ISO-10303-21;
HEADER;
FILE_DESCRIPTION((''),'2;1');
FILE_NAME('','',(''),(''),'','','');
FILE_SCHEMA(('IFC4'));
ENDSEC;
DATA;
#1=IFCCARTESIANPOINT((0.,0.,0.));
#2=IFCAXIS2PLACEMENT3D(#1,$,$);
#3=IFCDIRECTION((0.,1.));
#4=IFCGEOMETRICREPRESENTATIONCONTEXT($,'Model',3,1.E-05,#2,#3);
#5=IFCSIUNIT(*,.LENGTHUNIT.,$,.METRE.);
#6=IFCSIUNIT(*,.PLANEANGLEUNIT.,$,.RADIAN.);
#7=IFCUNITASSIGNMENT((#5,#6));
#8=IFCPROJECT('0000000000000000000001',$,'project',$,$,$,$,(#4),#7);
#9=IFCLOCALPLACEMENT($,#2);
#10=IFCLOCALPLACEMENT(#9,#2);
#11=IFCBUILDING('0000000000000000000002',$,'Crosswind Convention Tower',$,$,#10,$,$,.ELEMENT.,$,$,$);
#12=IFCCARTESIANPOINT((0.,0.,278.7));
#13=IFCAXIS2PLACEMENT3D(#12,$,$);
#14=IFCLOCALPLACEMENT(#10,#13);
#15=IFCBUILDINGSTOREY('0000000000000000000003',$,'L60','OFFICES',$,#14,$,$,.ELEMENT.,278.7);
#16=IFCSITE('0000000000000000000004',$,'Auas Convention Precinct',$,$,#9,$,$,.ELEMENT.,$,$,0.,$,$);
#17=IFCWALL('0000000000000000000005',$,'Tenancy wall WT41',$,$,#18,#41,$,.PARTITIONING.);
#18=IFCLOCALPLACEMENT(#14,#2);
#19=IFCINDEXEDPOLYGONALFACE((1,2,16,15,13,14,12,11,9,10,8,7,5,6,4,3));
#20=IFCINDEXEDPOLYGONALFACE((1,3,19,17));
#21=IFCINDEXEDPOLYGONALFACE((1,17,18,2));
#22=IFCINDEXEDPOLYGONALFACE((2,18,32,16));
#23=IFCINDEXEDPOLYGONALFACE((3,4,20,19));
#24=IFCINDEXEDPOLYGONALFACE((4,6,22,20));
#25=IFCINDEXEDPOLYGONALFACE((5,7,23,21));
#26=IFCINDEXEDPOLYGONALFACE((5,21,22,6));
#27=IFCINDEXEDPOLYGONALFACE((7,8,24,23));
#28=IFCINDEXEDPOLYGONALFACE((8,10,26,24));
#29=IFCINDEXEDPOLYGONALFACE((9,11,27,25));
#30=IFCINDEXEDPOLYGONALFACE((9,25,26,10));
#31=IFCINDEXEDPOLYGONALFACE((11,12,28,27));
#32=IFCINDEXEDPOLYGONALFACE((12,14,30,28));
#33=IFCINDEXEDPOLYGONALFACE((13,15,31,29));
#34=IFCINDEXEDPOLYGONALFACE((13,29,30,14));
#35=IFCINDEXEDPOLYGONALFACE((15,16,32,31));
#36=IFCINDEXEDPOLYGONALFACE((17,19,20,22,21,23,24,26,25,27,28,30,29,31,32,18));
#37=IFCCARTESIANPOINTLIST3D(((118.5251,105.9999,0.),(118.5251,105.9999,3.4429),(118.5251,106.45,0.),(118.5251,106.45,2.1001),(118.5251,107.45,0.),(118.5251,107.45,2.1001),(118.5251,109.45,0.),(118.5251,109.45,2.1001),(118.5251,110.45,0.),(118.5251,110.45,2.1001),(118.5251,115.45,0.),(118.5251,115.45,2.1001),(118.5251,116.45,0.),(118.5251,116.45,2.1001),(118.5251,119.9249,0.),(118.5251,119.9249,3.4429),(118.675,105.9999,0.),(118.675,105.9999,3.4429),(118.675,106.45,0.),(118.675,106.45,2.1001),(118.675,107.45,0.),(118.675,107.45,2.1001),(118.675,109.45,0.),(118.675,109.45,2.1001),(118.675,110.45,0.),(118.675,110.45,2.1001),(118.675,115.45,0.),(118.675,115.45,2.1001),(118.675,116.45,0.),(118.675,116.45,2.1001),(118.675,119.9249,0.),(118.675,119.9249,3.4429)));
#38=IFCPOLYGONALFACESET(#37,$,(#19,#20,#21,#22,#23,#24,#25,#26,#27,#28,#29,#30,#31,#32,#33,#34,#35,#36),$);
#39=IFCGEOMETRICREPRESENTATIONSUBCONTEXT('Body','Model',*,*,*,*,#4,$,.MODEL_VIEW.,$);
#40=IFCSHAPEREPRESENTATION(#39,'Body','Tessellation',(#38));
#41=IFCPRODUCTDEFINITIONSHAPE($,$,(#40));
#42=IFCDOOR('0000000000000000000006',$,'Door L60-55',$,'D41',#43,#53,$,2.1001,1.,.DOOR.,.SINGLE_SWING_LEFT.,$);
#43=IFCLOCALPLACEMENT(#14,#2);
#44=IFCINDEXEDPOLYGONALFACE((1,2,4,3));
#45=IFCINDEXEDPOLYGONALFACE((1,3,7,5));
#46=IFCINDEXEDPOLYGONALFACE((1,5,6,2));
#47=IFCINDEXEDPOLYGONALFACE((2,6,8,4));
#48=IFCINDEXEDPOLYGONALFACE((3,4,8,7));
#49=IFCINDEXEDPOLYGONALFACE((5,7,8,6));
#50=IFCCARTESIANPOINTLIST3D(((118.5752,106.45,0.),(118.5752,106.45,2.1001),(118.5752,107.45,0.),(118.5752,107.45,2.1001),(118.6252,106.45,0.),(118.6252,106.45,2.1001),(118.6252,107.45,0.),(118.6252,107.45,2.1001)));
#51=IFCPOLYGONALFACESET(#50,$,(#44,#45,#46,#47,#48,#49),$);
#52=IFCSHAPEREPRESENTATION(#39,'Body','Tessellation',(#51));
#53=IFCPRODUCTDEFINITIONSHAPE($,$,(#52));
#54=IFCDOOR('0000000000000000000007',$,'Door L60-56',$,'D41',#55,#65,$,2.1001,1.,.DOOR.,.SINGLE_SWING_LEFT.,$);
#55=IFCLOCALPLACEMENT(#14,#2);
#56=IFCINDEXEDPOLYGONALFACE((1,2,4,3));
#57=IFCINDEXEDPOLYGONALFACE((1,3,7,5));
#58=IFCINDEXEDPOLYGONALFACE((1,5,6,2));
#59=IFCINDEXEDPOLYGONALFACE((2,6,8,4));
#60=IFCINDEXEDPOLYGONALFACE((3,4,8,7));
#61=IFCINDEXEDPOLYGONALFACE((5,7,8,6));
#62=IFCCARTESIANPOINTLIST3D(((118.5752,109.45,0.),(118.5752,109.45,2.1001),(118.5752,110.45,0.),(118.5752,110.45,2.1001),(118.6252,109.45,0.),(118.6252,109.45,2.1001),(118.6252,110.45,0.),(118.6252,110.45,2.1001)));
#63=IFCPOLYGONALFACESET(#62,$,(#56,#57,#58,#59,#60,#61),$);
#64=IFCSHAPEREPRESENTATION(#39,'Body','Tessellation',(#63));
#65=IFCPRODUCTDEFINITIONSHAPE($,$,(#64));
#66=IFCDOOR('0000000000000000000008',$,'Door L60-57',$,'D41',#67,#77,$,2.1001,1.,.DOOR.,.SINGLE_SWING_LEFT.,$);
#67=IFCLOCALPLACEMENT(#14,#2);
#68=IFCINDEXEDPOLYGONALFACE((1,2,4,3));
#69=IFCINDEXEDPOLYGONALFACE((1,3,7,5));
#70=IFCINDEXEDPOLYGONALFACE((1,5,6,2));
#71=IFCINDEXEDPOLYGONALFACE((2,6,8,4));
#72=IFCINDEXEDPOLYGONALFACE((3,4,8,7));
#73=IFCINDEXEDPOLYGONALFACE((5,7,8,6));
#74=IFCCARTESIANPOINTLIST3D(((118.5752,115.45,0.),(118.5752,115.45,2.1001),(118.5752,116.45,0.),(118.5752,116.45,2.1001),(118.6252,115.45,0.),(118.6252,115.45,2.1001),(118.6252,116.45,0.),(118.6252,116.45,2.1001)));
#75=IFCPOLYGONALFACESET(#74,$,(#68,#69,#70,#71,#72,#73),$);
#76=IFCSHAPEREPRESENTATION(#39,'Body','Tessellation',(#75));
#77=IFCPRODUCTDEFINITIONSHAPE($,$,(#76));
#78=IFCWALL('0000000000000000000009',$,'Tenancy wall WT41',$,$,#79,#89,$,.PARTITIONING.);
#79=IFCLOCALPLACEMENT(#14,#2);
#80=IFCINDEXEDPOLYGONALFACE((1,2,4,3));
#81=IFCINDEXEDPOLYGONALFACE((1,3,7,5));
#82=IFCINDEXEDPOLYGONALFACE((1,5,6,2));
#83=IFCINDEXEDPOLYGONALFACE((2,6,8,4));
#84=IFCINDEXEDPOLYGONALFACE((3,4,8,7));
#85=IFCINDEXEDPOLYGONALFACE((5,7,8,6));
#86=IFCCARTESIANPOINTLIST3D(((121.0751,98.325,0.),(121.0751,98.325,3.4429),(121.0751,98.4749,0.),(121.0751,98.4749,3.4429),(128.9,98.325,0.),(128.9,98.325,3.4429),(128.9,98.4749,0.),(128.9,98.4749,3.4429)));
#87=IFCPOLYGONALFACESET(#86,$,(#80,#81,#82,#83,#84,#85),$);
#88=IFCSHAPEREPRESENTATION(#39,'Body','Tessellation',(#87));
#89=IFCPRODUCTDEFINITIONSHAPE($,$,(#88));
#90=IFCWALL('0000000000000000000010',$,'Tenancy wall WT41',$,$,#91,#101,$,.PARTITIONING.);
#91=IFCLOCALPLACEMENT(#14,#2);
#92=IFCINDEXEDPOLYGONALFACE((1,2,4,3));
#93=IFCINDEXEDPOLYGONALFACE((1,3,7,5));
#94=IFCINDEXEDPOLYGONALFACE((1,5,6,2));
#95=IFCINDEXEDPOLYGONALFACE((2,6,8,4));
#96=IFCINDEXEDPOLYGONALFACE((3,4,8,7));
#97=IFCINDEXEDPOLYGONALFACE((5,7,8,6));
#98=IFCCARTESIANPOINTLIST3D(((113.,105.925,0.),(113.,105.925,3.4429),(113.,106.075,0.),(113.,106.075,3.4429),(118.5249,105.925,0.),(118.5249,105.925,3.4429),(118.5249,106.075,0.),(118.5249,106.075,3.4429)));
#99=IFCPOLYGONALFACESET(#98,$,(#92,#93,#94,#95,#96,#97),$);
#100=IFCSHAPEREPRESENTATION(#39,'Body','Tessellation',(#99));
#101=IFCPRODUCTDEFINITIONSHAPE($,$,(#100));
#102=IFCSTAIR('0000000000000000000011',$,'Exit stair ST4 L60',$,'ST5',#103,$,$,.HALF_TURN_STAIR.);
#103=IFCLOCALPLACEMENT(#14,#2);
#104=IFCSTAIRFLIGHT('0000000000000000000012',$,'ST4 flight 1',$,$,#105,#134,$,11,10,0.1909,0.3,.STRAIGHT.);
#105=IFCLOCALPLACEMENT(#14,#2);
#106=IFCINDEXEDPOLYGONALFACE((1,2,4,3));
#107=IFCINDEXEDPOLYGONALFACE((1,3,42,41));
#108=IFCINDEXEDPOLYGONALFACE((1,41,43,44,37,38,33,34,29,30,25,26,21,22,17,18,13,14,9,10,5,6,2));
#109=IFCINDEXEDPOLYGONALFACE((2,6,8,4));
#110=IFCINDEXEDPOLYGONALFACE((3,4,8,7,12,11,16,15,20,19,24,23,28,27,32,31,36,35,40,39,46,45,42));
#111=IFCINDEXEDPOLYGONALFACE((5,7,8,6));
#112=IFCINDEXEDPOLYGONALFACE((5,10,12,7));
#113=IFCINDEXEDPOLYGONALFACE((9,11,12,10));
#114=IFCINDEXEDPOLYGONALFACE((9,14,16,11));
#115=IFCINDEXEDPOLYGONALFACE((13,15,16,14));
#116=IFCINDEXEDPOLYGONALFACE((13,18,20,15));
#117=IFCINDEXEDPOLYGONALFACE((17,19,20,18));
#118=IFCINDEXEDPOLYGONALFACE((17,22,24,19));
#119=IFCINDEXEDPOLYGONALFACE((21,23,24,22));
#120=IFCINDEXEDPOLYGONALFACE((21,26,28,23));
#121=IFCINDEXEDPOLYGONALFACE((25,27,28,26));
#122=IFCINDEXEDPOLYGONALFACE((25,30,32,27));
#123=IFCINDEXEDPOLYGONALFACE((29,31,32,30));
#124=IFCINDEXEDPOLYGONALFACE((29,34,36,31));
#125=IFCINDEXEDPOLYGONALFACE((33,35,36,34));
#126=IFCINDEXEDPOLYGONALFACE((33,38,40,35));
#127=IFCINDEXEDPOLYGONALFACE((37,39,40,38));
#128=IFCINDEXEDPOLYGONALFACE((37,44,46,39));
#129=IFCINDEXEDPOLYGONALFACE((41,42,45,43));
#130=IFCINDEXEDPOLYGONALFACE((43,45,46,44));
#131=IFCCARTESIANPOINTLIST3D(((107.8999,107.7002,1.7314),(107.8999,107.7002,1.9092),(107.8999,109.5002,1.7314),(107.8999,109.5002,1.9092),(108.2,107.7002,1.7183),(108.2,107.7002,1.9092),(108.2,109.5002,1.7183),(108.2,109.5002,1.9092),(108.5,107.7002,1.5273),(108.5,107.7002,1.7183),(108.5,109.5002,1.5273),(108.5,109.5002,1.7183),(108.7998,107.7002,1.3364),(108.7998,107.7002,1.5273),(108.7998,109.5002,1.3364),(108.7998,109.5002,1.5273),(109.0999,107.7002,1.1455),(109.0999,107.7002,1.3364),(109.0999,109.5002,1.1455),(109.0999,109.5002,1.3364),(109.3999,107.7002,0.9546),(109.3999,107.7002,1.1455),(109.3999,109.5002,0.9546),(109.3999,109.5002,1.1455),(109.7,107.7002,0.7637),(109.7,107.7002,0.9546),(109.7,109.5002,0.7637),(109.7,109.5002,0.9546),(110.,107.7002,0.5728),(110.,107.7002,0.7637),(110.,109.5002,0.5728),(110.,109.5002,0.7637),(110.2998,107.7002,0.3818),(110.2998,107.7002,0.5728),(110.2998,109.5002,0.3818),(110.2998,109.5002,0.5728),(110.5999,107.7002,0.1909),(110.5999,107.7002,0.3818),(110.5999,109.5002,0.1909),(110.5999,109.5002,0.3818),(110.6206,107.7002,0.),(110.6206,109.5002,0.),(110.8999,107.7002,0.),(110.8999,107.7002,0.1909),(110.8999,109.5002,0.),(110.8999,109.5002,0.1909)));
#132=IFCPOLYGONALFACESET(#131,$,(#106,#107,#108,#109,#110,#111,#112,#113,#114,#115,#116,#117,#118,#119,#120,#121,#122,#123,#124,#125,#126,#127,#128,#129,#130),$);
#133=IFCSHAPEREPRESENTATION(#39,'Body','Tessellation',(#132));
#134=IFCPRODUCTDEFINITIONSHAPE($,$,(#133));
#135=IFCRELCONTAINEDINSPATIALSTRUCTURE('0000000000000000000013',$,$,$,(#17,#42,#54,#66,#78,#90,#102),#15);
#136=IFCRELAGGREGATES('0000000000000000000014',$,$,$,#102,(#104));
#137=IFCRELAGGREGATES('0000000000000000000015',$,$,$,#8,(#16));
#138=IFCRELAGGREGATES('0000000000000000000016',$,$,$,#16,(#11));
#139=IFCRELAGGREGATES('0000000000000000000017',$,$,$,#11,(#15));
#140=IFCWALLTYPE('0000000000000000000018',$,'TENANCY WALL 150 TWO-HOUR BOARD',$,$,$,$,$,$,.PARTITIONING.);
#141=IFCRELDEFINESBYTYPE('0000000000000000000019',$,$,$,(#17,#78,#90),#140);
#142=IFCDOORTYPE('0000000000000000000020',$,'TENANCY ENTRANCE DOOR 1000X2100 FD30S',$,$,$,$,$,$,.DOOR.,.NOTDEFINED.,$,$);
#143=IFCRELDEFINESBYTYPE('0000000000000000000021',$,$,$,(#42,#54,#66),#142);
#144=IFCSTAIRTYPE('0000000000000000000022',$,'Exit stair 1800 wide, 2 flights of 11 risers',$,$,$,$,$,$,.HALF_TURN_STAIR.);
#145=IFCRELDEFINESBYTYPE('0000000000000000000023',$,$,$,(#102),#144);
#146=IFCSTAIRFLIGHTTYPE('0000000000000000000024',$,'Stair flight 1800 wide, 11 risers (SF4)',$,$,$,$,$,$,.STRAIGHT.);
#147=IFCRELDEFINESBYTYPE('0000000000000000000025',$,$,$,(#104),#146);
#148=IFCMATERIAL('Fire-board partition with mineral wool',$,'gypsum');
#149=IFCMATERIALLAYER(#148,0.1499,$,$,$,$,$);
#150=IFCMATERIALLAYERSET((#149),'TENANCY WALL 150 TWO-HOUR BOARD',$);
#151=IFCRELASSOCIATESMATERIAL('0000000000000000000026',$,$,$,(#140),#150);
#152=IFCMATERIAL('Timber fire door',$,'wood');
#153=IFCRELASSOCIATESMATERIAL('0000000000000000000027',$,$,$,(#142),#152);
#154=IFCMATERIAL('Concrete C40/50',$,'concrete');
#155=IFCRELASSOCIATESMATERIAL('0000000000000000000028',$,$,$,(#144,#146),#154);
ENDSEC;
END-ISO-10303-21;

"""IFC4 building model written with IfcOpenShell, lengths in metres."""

from ifc_helpers import new_model, si_unit, direction, frame, frame_2d, origin, place, context, subcontext, project, spatial, polyline, rectangle, outline, extrude, material, layer, layer_set, type_object, element, fill, aggregate, save


model = new_model("IFC4")

# Units and contexts
model_context = context("Model", 3, precision=1e-05, world=origin(), true_north=direction((0.0, 1.0)))
body_context = subcontext(model_context, "Body", "Model", "MODEL_VIEW")
ifc_project = project(units=[si_unit("LENGTHUNIT", "METRE"), si_unit("PLANEANGLEUNIT", "RADIAN")], contexts=[model_context])

# Site, building, storey
site_placement = place(None, origin())
site = spatial("IfcSite", under=ifc_project, at=site_placement, Name="Auas Convention Precinct", CompositionType="ELEMENT", RefElevation=0.0)
building_placement = place(site_placement, origin())
building = spatial("IfcBuilding", under=site, at=building_placement, Name="Crosswind Convention Tower", CompositionType="ELEMENT")
storey_placement = place(building_placement, frame((0.0, 0.0, 278.7)))
storey = spatial("IfcBuildingStorey", under=building, at=storey_placement, Name="L60", Description="OFFICES", CompositionType="ELEMENT", Elevation=278.7)

# Wall, openings, doors
ifc_material_1 = material(Name="Fire-board partition with mineral wool", Category="gypsum")
ifc_layer_1 = layer(ifc_material_1, 0.1499)
ifc_layer_set_1 = layer_set([ifc_layer_1], Name="TENANCY WALL 150 TWO-HOUR BOARD")
wall_type_1 = type_object("IfcWallType", Name="TENANCY WALL 150 TWO-HOUR BOARD", PredefinedType="PARTITIONING", material=ifc_layer_set_1)
wall_1_placement = place(storey_placement, frame((118.6001, 106.0, 0.0), z_axis=(0.0, 0.0, 1.0), x_axis=(0.0, 1.0, 0.0)))
wall_1 = element("IfcWall", 1, at=wall_1_placement, inside=storey, type_object=wall_type_1, Name="Tenancy wall WT41", PredefinedType="PARTITIONING", context=body_context, shape_type="SweptSolid", body=[
    extrude(rectangle(XDim=13.925, YDim=0.1499, at=frame_2d((6.9624, 0.0))), origin(), (0.0, 0.0, 1.0), 3.4429),
])
opening_1_placement = place(wall_1_placement, frame((0.45, 0.0, 0.0)))
opening_1 = element("IfcOpeningElement", 2, at=opening_1_placement, cuts=wall_1, PredefinedType="OPENING", context=body_context, shape_type="SweptSolid", body=[
    extrude(rectangle(XDim=1.0, YDim=2.1001, at=frame_2d((0.5, 1.05))), frame((0.0, 0.085, 0.0), z_axis=(0.0, -1.0, 0.0), x_axis=(1.0, 0.0, 0.0)), (0.0, 0.0, 1.0), 0.1699),
])
opening_2_placement = place(wall_1_placement, frame((3.45, 0.0, 0.0)))
opening_2 = element("IfcOpeningElement", 3, at=opening_2_placement, cuts=wall_1, PredefinedType="OPENING", context=body_context, shape_type="SweptSolid", body=[
    extrude(rectangle(XDim=1.0, YDim=2.1001, at=frame_2d((0.5, 1.05))), frame((0.0, 0.085, 0.0), z_axis=(0.0, -1.0, 0.0), x_axis=(1.0, 0.0, 0.0)), (0.0, 0.0, 1.0), 0.1699),
])
opening_3_placement = place(wall_1_placement, frame((9.45, 0.0, 0.0)))
opening_3 = element("IfcOpeningElement", 4, at=opening_3_placement, cuts=wall_1, PredefinedType="OPENING", context=body_context, shape_type="SweptSolid", body=[
    extrude(rectangle(XDim=1.0, YDim=2.1001, at=frame_2d((0.5, 1.05))), frame((0.0, 0.085, 0.0), z_axis=(0.0, -1.0, 0.0), x_axis=(1.0, 0.0, 0.0)), (0.0, 0.0, 1.0), 0.1699),
])
ifc_material_2 = material(Name="Timber fire door", Category="wood")
door_type_1 = type_object("IfcDoorType", Name="TENANCY ENTRANCE DOOR 1000X2100 FD30S", OperationType="NOTDEFINED", PredefinedType="DOOR", material=ifc_material_2)
door_1_placement = place(opening_1_placement, origin())
door_1 = element("IfcDoor", 5, at=door_1_placement, inside=storey, type_object=door_type_1, Name="Door L60-55", ObjectType="D41", OperationType="SINGLE_SWING_LEFT", OverallHeight=2.1001, OverallWidth=1.0, PredefinedType="DOOR", context=body_context, shape_type="SweptSolid", body=[
    extrude(rectangle(XDim=1.0, YDim=2.1001, at=frame_2d((0.5, 1.05))), frame((0.0, 0.0249, 0.0), z_axis=(0.0, -1.0, 0.0), x_axis=(1.0, 0.0, 0.0)), (0.0, 0.0, 1.0), 0.05),
])
fill(opening_1, door_1)
door_2_placement = place(opening_2_placement, origin())
door_2 = element("IfcDoor", 6, at=door_2_placement, inside=storey, type_object=door_type_1, Name="Door L60-56", ObjectType="D41", OperationType="SINGLE_SWING_LEFT", OverallHeight=2.1001, OverallWidth=1.0, PredefinedType="DOOR", context=body_context, shape_type="SweptSolid", body=[
    extrude(rectangle(XDim=1.0, YDim=2.1001, at=frame_2d((0.5, 1.05))), frame((0.0, 0.0249, 0.0), z_axis=(0.0, -1.0, 0.0), x_axis=(1.0, 0.0, 0.0)), (0.0, 0.0, 1.0), 0.05),
])
fill(opening_2, door_2)
door_3_placement = place(opening_3_placement, origin())
door_3 = element("IfcDoor", 7, at=door_3_placement, inside=storey, type_object=door_type_1, Name="Door L60-57", ObjectType="D41", OperationType="SINGLE_SWING_LEFT", OverallHeight=2.1001, OverallWidth=1.0, PredefinedType="DOOR", context=body_context, shape_type="SweptSolid", body=[
    extrude(rectangle(XDim=1.0, YDim=2.1001, at=frame_2d((0.5, 1.05))), frame((0.0, 0.0249, 0.0), z_axis=(0.0, -1.0, 0.0), x_axis=(1.0, 0.0, 0.0)), (0.0, 0.0, 1.0), 0.05),
])
fill(opening_3, door_3)

# Walls
wall_2_placement = place(storey_placement, frame((121.075, 98.3999, 0.0), z_axis=(0.0, 0.0, 1.0), x_axis=(1.0, 0.0, 0.0)))
element("IfcWall", 8, at=wall_2_placement, inside=storey, type_object=wall_type_1, Name="Tenancy wall WT41", PredefinedType="PARTITIONING", context=body_context, shape_type="SweptSolid", body=[
    extrude(rectangle(XDim=7.825, YDim=0.1499, at=frame_2d((3.9126, 0.0))), origin(), (0.0, 0.0, 1.0), 3.4429),
])
wall_3_placement = place(storey_placement, frame((113.0, 106.0, 0.0), z_axis=(0.0, 0.0, 1.0), x_axis=(1.0, 0.0, 0.0)))
element("IfcWall", 9, at=wall_3_placement, inside=storey, type_object=wall_type_1, Name="Tenancy wall WT41", PredefinedType="PARTITIONING", context=body_context, shape_type="SweptSolid", body=[
    extrude(rectangle(XDim=5.5249, YDim=0.1499, at=frame_2d((2.7625, 0.0))), origin(), (0.0, 0.0, 1.0), 3.4429),
])

# Stair, stair flight
ifc_material_3 = material(Name="Concrete C40/50", Category="concrete")
stair_type = type_object("IfcStairType", Name="Exit stair 1800 wide, 2 flights of 11 risers", PredefinedType="HALF_TURN_STAIR", material=ifc_material_3)
stair_placement = place(storey_placement, origin())
stair = element("IfcStair", 10, at=stair_placement, inside=storey, type_object=stair_type, Name="Exit stair ST4 L60", ObjectType="ST5", PredefinedType="HALF_TURN_STAIR")
stair_flight_type = type_object("IfcStairFlightType", Name="Stair flight 1800 wide, 11 risers (SF4)", PredefinedType="STRAIGHT", material=ifc_material_3)
stair_flight_placement = place(storey_placement, frame((110.8999, 108.6001, 0.0), z_axis=(0.0, 0.0, 1.0), x_axis=(-1.0, 0.0, 0.0)))
stair_flight = element("IfcStairFlight", 11, at=stair_flight_placement, type_object=stair_flight_type, Name="ST4 flight 1", NumberOfRisers=11, NumberOfTreads=10, PredefinedType="STRAIGHT", RiserHeight=0.1909, TreadLength=0.3, context=body_context, shape_type="SweptSolid", body=[
    extrude(outline(polyline([(0.0, 0.0), (0.0, 0.1909), (0.3, 0.1909), (0.3, 0.3818), (0.6001, 0.3818), (0.6001, 0.5728), (0.8999, 0.5728), (0.8999, 0.7637), (1.2, 0.7637), (1.2, 0.9546), (1.5, 0.9546), (1.5, 1.1455), (1.8, 1.1455), (1.8, 1.3364), (2.1001, 1.3364), (2.1001, 1.5273), (2.3999, 1.5273), (2.3999, 1.7183), (2.7, 1.7183), (2.7, 1.9092), (3.0, 1.9092), (3.0, 2.1001), (3.0, 1.7314), (0.2793, 0.0), (0.0, 0.0)])), frame((0.0, 0.8999, 0.0), z_axis=(0.0, -1.0, 0.0), x_axis=(1.0, 0.0, 0.0)), (0.0, 0.0, 1.0), 1.8),
])
aggregate(stair, [stair_flight])

save(model, "model.ifc")
